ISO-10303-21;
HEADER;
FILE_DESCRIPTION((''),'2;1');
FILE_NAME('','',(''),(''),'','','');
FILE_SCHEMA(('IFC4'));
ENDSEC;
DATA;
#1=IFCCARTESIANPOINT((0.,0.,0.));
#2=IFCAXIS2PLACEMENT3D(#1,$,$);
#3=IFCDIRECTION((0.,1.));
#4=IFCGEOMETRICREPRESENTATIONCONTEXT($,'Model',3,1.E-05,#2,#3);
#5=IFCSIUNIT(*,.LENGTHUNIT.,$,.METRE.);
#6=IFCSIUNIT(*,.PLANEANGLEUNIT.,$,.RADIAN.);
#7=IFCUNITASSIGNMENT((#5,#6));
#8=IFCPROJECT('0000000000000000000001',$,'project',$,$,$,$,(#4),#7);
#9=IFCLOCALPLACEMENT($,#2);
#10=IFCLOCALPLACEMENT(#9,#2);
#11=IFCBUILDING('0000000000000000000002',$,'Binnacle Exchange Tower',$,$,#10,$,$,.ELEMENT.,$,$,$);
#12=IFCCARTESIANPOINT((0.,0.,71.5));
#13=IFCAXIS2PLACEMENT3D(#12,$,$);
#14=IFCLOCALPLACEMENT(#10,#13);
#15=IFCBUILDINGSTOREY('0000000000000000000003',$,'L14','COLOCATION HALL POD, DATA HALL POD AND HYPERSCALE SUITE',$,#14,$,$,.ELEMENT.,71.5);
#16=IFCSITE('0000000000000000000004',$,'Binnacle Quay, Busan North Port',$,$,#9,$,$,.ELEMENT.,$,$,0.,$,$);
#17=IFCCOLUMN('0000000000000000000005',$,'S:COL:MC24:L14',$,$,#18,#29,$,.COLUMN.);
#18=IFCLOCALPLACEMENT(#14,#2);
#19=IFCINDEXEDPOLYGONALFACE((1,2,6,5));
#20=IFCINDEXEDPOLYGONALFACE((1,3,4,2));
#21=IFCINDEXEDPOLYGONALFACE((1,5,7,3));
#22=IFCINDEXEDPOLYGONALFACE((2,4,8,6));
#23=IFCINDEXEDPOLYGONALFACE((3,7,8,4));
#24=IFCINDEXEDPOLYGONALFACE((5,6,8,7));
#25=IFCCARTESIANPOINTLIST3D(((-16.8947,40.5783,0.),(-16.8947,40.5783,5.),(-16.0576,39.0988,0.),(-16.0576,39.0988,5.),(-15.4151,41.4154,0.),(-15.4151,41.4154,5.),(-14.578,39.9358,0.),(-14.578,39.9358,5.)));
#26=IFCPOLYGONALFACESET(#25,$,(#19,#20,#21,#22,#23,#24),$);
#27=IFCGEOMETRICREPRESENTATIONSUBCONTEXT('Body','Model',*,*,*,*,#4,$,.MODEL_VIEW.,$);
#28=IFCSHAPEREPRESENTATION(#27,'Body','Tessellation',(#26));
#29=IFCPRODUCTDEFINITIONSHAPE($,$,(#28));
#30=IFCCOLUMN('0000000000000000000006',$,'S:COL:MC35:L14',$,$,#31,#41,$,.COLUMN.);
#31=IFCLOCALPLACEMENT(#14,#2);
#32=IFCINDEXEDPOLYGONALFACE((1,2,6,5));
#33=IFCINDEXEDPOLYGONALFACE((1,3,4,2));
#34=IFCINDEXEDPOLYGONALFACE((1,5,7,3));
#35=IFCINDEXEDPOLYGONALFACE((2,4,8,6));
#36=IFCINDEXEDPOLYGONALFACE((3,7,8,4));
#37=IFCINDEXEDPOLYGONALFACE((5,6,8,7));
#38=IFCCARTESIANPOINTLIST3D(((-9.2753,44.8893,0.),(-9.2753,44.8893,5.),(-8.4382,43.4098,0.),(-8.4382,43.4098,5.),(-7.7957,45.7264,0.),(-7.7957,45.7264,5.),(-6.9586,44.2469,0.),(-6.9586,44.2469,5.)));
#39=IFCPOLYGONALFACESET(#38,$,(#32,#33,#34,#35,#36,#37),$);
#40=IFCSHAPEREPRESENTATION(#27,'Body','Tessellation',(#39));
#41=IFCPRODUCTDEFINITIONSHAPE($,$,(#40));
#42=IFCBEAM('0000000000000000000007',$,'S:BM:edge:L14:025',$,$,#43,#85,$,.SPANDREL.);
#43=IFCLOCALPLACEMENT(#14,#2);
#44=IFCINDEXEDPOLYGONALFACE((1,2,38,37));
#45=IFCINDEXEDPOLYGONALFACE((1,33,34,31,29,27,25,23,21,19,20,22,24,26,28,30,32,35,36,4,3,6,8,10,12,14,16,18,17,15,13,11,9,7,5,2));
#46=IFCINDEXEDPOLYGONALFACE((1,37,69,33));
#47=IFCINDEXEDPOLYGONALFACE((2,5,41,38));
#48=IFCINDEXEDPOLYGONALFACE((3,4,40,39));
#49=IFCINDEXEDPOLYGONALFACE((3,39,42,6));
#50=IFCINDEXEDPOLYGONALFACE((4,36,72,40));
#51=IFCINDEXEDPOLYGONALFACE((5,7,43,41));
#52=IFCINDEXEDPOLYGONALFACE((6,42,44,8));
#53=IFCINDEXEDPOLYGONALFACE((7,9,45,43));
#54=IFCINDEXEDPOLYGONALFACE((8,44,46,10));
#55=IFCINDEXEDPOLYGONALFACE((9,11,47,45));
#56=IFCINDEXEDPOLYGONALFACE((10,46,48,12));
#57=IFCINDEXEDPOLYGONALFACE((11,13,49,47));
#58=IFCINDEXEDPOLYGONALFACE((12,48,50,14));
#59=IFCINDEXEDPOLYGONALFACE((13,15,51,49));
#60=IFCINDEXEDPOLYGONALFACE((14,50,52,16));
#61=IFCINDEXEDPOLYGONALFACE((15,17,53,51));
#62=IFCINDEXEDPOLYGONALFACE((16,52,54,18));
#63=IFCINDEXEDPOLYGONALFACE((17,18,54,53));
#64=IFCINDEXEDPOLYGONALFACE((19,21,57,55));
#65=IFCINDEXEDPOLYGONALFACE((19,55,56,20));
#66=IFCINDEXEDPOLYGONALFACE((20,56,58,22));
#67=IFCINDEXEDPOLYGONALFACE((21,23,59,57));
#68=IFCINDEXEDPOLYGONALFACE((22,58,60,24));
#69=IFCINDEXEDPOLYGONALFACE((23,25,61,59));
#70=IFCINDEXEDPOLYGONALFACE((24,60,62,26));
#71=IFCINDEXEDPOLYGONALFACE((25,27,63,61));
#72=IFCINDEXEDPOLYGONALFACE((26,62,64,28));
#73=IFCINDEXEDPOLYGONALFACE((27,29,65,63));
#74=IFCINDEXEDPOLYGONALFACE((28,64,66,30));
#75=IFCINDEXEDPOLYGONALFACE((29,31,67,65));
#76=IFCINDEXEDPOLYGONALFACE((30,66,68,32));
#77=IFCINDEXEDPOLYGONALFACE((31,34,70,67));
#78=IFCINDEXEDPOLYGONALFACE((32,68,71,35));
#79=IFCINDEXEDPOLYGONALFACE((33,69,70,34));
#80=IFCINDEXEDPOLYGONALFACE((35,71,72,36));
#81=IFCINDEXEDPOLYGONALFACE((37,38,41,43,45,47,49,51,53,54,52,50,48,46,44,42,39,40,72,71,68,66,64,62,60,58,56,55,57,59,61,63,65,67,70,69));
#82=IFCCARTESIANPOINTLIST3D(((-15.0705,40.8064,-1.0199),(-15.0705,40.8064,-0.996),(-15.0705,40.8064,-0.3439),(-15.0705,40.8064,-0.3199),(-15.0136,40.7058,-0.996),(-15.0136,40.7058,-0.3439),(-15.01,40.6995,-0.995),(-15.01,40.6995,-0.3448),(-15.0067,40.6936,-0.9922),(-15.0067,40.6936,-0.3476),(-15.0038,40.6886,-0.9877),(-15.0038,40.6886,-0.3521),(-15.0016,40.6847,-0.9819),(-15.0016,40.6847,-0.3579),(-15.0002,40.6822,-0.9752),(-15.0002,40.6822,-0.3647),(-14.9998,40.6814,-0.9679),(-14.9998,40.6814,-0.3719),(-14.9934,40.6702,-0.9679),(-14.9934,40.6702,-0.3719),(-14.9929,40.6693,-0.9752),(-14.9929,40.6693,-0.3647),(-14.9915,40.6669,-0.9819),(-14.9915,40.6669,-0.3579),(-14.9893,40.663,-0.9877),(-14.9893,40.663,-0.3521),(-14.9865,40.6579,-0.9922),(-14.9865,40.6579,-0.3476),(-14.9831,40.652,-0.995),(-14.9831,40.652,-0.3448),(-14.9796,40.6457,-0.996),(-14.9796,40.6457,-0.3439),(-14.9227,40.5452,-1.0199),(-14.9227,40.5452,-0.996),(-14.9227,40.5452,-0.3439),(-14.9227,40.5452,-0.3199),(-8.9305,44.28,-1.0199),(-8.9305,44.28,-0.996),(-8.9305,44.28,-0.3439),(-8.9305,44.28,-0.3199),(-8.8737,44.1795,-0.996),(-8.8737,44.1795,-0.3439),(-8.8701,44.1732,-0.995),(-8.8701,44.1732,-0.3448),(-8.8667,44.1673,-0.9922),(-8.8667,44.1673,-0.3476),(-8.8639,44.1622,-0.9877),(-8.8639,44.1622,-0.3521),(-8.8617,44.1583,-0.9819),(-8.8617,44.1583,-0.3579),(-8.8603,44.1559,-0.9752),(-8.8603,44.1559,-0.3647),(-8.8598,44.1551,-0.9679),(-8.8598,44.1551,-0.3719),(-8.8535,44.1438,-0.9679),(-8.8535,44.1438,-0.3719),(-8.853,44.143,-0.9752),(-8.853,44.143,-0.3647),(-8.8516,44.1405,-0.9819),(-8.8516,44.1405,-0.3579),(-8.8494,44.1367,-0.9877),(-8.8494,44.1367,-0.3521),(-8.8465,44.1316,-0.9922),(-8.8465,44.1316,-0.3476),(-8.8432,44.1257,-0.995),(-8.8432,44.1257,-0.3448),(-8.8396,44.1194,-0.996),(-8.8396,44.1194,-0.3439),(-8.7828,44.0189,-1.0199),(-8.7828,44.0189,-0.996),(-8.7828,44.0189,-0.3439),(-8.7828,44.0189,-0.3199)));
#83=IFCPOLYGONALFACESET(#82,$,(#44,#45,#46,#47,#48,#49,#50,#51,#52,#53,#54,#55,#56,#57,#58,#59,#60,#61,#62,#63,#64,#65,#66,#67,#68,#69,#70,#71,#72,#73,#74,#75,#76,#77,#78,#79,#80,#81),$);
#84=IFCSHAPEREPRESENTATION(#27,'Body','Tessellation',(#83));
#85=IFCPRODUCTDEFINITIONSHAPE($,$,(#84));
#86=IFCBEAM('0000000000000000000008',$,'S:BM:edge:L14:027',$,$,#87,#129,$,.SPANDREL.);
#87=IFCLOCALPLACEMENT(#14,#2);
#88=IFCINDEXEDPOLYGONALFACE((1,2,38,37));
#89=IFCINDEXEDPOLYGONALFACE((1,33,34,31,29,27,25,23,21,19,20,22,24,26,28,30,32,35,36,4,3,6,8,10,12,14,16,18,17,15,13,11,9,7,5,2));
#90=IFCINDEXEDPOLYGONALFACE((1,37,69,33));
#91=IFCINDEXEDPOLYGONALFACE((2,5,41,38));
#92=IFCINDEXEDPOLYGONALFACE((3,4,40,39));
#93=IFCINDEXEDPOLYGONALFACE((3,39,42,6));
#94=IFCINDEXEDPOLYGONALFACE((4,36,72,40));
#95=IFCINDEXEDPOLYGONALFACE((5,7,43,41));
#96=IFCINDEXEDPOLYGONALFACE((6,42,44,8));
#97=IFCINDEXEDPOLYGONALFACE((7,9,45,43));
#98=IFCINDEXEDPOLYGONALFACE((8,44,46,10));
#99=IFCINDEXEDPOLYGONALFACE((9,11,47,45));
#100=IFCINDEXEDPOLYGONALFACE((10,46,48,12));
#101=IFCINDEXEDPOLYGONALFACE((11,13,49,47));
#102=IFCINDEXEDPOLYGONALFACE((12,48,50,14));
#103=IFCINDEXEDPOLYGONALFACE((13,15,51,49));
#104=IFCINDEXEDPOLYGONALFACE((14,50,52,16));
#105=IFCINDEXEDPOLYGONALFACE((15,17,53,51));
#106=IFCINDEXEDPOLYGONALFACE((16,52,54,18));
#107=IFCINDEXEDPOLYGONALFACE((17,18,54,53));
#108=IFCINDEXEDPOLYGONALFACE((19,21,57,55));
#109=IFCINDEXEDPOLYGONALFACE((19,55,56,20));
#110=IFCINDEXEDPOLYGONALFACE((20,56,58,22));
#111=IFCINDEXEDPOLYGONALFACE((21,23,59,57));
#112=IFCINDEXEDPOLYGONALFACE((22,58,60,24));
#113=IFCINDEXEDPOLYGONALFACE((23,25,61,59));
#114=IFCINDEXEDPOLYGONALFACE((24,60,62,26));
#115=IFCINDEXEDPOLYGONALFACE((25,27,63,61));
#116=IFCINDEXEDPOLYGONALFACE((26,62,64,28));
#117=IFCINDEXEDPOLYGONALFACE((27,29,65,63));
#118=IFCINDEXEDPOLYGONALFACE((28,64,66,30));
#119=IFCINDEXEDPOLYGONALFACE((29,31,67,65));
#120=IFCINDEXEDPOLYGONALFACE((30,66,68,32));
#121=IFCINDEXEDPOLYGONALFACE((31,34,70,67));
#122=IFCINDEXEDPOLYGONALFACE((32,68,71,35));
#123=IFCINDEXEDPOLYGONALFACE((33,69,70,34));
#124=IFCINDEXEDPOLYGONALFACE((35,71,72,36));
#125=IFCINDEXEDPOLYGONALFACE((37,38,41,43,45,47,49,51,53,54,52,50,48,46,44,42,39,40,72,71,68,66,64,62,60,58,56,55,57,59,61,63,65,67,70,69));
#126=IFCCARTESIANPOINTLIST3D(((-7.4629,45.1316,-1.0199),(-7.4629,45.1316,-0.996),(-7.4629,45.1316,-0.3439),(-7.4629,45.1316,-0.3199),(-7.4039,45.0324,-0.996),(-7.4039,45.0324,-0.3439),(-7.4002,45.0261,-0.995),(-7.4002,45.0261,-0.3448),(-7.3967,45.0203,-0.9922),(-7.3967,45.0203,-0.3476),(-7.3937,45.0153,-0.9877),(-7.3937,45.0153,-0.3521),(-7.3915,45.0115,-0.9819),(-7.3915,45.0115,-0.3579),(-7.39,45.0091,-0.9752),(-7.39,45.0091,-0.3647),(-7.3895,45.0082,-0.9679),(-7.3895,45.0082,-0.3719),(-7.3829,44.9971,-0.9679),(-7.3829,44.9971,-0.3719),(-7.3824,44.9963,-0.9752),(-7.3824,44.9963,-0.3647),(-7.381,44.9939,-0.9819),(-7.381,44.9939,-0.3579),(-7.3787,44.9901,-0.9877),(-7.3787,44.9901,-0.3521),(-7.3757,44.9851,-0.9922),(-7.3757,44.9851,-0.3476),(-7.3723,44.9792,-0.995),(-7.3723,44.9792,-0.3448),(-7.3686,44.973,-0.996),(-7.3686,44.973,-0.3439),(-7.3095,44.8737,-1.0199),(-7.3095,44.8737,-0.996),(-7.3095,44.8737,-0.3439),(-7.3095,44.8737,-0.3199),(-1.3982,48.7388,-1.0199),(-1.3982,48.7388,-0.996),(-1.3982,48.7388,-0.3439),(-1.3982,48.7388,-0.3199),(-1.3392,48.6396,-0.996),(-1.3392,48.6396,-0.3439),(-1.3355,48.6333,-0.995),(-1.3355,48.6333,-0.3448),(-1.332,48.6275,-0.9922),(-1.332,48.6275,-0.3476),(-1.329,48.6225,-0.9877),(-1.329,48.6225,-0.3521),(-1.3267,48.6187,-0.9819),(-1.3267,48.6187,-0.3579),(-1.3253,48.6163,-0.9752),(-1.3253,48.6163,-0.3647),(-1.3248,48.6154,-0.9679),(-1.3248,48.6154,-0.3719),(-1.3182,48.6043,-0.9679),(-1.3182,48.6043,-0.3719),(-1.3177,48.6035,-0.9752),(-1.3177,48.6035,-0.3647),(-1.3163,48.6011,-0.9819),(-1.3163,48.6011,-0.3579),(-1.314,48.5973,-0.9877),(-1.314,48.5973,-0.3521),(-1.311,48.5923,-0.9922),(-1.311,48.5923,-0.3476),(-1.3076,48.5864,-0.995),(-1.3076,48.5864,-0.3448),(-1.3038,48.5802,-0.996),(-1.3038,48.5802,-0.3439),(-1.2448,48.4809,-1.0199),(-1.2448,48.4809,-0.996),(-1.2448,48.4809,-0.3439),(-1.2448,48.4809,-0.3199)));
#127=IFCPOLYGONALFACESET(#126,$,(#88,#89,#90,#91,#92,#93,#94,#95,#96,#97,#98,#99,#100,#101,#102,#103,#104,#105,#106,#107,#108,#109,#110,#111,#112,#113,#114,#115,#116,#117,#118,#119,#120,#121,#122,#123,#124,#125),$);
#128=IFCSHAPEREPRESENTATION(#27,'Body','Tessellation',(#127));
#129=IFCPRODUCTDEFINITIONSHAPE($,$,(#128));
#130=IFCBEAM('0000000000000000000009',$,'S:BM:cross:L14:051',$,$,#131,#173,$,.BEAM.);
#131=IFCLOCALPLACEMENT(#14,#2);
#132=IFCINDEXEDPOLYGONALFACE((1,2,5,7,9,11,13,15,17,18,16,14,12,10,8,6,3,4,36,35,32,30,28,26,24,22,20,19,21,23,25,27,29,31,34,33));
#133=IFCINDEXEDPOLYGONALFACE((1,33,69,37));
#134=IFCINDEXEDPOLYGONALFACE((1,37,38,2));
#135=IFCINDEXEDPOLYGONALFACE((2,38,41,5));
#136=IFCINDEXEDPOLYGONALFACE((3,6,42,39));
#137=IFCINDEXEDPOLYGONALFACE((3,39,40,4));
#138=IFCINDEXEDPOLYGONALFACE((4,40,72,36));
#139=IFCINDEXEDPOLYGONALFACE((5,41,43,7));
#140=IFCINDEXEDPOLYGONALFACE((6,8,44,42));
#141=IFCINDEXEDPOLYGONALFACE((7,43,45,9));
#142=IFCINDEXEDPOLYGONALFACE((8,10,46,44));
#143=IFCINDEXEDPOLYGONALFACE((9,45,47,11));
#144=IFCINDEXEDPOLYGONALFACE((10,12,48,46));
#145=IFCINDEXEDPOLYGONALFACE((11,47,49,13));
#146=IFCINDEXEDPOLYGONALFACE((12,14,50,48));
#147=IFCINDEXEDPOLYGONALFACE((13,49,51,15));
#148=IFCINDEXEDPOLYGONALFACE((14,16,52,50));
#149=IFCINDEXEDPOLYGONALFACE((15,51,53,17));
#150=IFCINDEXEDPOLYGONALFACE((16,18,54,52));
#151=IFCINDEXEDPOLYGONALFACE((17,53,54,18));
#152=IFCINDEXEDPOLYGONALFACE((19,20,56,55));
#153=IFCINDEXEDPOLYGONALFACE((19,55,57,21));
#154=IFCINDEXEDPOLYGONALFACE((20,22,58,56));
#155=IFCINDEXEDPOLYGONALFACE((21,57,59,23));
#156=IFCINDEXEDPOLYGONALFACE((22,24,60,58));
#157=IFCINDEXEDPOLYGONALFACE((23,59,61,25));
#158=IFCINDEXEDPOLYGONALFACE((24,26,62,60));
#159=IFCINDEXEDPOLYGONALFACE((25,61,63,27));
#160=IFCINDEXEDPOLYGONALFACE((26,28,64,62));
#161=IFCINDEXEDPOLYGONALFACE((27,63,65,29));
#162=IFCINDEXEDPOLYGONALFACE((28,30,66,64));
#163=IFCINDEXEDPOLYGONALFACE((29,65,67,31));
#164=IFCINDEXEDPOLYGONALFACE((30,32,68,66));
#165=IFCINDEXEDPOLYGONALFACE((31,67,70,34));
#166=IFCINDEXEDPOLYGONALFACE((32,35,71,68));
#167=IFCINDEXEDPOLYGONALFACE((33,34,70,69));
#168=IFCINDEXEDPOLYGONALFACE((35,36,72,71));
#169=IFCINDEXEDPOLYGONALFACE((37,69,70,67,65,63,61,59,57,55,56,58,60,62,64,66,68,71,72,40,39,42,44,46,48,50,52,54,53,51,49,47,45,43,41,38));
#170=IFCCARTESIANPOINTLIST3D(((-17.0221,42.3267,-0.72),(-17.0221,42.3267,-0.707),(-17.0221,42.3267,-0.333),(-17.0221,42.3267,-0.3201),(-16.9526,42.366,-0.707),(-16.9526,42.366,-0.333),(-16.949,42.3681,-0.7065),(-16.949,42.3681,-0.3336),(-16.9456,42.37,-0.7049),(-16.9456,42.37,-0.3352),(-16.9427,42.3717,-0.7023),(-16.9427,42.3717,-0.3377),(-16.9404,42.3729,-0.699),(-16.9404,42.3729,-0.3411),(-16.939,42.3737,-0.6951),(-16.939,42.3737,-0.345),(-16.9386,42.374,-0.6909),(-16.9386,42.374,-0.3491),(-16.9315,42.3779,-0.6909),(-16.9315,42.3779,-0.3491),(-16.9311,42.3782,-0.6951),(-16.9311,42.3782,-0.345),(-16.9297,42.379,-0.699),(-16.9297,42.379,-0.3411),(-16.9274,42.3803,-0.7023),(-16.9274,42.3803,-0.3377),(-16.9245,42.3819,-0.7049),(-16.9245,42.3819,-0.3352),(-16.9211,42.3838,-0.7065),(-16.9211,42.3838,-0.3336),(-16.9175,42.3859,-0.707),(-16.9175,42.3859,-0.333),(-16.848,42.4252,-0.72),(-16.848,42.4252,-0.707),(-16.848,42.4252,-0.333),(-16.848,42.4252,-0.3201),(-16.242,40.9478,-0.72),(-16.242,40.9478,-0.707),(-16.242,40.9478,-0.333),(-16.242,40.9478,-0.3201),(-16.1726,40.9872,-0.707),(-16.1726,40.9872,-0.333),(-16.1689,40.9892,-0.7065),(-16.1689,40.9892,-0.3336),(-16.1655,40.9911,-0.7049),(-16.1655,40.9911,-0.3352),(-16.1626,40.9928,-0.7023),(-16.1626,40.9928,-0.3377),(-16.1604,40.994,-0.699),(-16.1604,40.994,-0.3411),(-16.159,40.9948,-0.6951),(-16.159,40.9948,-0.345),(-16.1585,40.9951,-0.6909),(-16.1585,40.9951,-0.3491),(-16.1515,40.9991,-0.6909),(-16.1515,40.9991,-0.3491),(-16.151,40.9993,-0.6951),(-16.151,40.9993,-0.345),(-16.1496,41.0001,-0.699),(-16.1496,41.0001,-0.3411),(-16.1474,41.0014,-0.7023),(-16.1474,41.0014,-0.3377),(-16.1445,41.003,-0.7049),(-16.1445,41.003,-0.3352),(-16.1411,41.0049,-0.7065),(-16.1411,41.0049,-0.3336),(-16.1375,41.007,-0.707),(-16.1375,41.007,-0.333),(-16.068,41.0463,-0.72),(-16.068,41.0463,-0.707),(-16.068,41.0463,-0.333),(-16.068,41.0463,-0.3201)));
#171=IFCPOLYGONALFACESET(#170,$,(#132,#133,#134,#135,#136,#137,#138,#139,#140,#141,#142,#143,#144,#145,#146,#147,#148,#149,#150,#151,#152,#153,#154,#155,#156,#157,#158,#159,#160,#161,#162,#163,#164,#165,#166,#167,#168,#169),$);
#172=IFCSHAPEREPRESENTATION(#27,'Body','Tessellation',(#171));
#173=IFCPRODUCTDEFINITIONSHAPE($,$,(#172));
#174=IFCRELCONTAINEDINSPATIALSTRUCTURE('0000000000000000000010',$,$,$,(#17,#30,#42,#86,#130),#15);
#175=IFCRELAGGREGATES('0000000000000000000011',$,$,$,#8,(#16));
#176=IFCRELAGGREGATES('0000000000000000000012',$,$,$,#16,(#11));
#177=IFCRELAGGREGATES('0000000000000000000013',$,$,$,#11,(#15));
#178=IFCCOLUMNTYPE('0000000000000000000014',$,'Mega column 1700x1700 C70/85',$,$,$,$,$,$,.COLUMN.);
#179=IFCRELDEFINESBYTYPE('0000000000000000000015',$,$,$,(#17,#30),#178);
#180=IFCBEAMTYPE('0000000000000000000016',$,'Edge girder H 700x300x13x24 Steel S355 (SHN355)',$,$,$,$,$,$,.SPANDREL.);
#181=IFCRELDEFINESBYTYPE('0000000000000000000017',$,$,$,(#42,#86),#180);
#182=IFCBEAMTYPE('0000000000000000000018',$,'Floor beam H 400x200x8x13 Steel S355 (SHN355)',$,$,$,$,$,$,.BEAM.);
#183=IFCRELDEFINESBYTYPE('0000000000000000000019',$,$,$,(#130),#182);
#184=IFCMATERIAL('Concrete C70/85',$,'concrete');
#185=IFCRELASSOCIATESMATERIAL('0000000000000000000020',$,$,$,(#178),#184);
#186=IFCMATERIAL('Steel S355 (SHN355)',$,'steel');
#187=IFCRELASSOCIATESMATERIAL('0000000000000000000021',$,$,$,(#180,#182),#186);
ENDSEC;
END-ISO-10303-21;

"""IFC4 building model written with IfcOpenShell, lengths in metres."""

from ifc_helpers import new_model, si_unit, direction, frame, origin, origin_2d, place, context, subcontext, project, spatial, rectangle, i_section, extrude, material, material_profile, profile_set, type_object, element, save


model = new_model("IFC4")

# Units and contexts
model_context = context("Model", 3, precision=1e-05, world=origin(), true_north=direction((0.0, 1.0)))
body_context = subcontext(model_context, "Body", "Model", "MODEL_VIEW")
ifc_project = project(units=[si_unit("LENGTHUNIT", "METRE"), si_unit("PLANEANGLEUNIT", "RADIAN")], contexts=[model_context])

# Site, building, storey
site_placement = place(None, origin())
site = spatial("IfcSite", under=ifc_project, at=site_placement, Name="Binnacle Quay, Busan North Port", CompositionType="ELEMENT", RefElevation=0.0)
building_placement = place(site_placement, origin())
building = spatial("IfcBuilding", under=site, at=building_placement, Name="Binnacle Exchange Tower", CompositionType="ELEMENT")
storey_placement = place(building_placement, frame((0.0, 0.0, 71.5)))
storey = spatial("IfcBuildingStorey", under=building, at=storey_placement, Name="L14", Description="COLOCATION HALL POD, DATA HALL POD AND HYPERSCALE SUITE", CompositionType="ELEMENT", Elevation=71.5)

# Columns
ifc_material_1 = material(Name="Concrete C70/85", Category="concrete")
ifc_material_profile_1 = material_profile(ifc_material_1, rectangle(XDim=1.7, YDim=1.7, at=origin_2d()), Name="Mega column 1700x1700 C70/85")
ifc_profile_set_1 = profile_set([ifc_material_profile_1], Name="Concrete C70/85")
column_type = type_object("IfcColumnType", Name="Mega column 1700x1700 C70/85", PredefinedType="COLUMN", material=ifc_profile_set_1)
for number, where, z_axis, x_axis, name in (
    (1, (-15.7363, 40.2571, 0.0), (0.0, 0.0, 1.0), (0.870356, 0.492424, 0.0), "S:COL:MC24:L14"),
    (2, (-8.1169, 44.5681, 0.0), (0.0, 0.0, 1.0), (0.870356, 0.492424, 0.0), "S:COL:MC35:L14"),
):
    element("IfcColumn", number, at=place(storey_placement, frame(where, z_axis=z_axis, x_axis=x_axis)), inside=storey, type_object=column_type, Name=name, PredefinedType="COLUMN", context=body_context, shape_type="SweptSolid", body=[
        extrude(rectangle(XDim=1.7, YDim=1.7, at=origin_2d()), origin(), (0.0, 0.0, 1.0), 5.0),
    ])

# Beams
ifc_material_2 = material(Name="Steel S355 (SHN355)", Category="steel")
ifc_material_profile_2 = material_profile(ifc_material_2, i_section(OverallWidth=0.3, OverallDepth=0.7, WebThickness=0.0129, FlangeThickness=0.0239, FilletRadius=0.0281, at=origin_2d()), Name="H 700x300x13x24")
ifc_profile_set_2 = profile_set([ifc_material_profile_2], Name="Steel S355 (SHN355)")
beam_type_1 = type_object("IfcBeamType", Name="Edge girder H 700x300x13x24 Steel S355 (SHN355)", PredefinedType="SPANDREL", material=ifc_profile_set_2)
beam_1_placement = place(storey_placement, frame((-14.9966, 40.6758, -0.6699), z_axis=(0.870365, 0.492407, 0.0), x_axis=(-0.492407, 0.870365, 0.0)))
element("IfcBeam", 3, at=beam_1_placement, inside=storey, type_object=beam_type_1, Name="S:BM:edge:L14:025", PredefinedType="SPANDREL", context=body_context, shape_type="SweptSolid", body=[
    extrude(i_section(OverallWidth=0.3, OverallDepth=0.7, WebThickness=0.0129, FlangeThickness=0.0239, FilletRadius=0.0281, at=origin_2d()), origin(), (0.0, 0.0, 1.0), 7.0544),
])
beam_2_placement = place(storey_placement, frame((-7.3862, 45.0027, -0.6699), z_axis=(0.859465, 0.511195, 0.0), x_axis=(-0.511195, 0.859465, 0.0)))
element("IfcBeam", 4, at=beam_2_placement, inside=storey, type_object=beam_type_1, Name="S:BM:edge:L14:027", PredefinedType="SPANDREL", context=body_context, shape_type="SweptSolid", body=[
    extrude(i_section(OverallWidth=0.3, OverallDepth=0.7, WebThickness=0.0129, FlangeThickness=0.0239, FilletRadius=0.0281, at=origin_2d()), origin(), (0.0, 0.0, 1.0), 7.0564),
])
ifc_material_profile_3 = material_profile(ifc_material_2, i_section(OverallWidth=0.2, OverallDepth=0.3999, WebThickness=0.0081, FlangeThickness=0.0129, FilletRadius=0.0161, at=origin_2d()), Name="H 400x200x8x13")
ifc_profile_set_3 = profile_set([ifc_material_profile_3], Name="Steel S355 (SHN355)")
beam_type_2 = type_object("IfcBeamType", Name="Floor beam H 400x200x8x13 Steel S355 (SHN355)", PredefinedType="BEAM", material=ifc_profile_set_3)
beam_3_placement = place(storey_placement, frame((-16.155, 40.9971, -0.52), z_axis=(-0.492367, 0.870388, 0.0), x_axis=(-0.870388, -0.492367, 0.0)))
element("IfcBeam", 5, at=beam_3_placement, inside=storey, type_object=beam_type_2, Name="S:BM:cross:L14:051", PredefinedType="BEAM", context=body_context, shape_type="SweptSolid", body=[
    extrude(i_section(OverallWidth=0.2, OverallDepth=0.3999, WebThickness=0.0081, FlangeThickness=0.0129, FilletRadius=0.0161, at=origin_2d()), origin(), (0.0, 0.0, 1.0), 1.5842),
])

save(model, "model.ifc")
